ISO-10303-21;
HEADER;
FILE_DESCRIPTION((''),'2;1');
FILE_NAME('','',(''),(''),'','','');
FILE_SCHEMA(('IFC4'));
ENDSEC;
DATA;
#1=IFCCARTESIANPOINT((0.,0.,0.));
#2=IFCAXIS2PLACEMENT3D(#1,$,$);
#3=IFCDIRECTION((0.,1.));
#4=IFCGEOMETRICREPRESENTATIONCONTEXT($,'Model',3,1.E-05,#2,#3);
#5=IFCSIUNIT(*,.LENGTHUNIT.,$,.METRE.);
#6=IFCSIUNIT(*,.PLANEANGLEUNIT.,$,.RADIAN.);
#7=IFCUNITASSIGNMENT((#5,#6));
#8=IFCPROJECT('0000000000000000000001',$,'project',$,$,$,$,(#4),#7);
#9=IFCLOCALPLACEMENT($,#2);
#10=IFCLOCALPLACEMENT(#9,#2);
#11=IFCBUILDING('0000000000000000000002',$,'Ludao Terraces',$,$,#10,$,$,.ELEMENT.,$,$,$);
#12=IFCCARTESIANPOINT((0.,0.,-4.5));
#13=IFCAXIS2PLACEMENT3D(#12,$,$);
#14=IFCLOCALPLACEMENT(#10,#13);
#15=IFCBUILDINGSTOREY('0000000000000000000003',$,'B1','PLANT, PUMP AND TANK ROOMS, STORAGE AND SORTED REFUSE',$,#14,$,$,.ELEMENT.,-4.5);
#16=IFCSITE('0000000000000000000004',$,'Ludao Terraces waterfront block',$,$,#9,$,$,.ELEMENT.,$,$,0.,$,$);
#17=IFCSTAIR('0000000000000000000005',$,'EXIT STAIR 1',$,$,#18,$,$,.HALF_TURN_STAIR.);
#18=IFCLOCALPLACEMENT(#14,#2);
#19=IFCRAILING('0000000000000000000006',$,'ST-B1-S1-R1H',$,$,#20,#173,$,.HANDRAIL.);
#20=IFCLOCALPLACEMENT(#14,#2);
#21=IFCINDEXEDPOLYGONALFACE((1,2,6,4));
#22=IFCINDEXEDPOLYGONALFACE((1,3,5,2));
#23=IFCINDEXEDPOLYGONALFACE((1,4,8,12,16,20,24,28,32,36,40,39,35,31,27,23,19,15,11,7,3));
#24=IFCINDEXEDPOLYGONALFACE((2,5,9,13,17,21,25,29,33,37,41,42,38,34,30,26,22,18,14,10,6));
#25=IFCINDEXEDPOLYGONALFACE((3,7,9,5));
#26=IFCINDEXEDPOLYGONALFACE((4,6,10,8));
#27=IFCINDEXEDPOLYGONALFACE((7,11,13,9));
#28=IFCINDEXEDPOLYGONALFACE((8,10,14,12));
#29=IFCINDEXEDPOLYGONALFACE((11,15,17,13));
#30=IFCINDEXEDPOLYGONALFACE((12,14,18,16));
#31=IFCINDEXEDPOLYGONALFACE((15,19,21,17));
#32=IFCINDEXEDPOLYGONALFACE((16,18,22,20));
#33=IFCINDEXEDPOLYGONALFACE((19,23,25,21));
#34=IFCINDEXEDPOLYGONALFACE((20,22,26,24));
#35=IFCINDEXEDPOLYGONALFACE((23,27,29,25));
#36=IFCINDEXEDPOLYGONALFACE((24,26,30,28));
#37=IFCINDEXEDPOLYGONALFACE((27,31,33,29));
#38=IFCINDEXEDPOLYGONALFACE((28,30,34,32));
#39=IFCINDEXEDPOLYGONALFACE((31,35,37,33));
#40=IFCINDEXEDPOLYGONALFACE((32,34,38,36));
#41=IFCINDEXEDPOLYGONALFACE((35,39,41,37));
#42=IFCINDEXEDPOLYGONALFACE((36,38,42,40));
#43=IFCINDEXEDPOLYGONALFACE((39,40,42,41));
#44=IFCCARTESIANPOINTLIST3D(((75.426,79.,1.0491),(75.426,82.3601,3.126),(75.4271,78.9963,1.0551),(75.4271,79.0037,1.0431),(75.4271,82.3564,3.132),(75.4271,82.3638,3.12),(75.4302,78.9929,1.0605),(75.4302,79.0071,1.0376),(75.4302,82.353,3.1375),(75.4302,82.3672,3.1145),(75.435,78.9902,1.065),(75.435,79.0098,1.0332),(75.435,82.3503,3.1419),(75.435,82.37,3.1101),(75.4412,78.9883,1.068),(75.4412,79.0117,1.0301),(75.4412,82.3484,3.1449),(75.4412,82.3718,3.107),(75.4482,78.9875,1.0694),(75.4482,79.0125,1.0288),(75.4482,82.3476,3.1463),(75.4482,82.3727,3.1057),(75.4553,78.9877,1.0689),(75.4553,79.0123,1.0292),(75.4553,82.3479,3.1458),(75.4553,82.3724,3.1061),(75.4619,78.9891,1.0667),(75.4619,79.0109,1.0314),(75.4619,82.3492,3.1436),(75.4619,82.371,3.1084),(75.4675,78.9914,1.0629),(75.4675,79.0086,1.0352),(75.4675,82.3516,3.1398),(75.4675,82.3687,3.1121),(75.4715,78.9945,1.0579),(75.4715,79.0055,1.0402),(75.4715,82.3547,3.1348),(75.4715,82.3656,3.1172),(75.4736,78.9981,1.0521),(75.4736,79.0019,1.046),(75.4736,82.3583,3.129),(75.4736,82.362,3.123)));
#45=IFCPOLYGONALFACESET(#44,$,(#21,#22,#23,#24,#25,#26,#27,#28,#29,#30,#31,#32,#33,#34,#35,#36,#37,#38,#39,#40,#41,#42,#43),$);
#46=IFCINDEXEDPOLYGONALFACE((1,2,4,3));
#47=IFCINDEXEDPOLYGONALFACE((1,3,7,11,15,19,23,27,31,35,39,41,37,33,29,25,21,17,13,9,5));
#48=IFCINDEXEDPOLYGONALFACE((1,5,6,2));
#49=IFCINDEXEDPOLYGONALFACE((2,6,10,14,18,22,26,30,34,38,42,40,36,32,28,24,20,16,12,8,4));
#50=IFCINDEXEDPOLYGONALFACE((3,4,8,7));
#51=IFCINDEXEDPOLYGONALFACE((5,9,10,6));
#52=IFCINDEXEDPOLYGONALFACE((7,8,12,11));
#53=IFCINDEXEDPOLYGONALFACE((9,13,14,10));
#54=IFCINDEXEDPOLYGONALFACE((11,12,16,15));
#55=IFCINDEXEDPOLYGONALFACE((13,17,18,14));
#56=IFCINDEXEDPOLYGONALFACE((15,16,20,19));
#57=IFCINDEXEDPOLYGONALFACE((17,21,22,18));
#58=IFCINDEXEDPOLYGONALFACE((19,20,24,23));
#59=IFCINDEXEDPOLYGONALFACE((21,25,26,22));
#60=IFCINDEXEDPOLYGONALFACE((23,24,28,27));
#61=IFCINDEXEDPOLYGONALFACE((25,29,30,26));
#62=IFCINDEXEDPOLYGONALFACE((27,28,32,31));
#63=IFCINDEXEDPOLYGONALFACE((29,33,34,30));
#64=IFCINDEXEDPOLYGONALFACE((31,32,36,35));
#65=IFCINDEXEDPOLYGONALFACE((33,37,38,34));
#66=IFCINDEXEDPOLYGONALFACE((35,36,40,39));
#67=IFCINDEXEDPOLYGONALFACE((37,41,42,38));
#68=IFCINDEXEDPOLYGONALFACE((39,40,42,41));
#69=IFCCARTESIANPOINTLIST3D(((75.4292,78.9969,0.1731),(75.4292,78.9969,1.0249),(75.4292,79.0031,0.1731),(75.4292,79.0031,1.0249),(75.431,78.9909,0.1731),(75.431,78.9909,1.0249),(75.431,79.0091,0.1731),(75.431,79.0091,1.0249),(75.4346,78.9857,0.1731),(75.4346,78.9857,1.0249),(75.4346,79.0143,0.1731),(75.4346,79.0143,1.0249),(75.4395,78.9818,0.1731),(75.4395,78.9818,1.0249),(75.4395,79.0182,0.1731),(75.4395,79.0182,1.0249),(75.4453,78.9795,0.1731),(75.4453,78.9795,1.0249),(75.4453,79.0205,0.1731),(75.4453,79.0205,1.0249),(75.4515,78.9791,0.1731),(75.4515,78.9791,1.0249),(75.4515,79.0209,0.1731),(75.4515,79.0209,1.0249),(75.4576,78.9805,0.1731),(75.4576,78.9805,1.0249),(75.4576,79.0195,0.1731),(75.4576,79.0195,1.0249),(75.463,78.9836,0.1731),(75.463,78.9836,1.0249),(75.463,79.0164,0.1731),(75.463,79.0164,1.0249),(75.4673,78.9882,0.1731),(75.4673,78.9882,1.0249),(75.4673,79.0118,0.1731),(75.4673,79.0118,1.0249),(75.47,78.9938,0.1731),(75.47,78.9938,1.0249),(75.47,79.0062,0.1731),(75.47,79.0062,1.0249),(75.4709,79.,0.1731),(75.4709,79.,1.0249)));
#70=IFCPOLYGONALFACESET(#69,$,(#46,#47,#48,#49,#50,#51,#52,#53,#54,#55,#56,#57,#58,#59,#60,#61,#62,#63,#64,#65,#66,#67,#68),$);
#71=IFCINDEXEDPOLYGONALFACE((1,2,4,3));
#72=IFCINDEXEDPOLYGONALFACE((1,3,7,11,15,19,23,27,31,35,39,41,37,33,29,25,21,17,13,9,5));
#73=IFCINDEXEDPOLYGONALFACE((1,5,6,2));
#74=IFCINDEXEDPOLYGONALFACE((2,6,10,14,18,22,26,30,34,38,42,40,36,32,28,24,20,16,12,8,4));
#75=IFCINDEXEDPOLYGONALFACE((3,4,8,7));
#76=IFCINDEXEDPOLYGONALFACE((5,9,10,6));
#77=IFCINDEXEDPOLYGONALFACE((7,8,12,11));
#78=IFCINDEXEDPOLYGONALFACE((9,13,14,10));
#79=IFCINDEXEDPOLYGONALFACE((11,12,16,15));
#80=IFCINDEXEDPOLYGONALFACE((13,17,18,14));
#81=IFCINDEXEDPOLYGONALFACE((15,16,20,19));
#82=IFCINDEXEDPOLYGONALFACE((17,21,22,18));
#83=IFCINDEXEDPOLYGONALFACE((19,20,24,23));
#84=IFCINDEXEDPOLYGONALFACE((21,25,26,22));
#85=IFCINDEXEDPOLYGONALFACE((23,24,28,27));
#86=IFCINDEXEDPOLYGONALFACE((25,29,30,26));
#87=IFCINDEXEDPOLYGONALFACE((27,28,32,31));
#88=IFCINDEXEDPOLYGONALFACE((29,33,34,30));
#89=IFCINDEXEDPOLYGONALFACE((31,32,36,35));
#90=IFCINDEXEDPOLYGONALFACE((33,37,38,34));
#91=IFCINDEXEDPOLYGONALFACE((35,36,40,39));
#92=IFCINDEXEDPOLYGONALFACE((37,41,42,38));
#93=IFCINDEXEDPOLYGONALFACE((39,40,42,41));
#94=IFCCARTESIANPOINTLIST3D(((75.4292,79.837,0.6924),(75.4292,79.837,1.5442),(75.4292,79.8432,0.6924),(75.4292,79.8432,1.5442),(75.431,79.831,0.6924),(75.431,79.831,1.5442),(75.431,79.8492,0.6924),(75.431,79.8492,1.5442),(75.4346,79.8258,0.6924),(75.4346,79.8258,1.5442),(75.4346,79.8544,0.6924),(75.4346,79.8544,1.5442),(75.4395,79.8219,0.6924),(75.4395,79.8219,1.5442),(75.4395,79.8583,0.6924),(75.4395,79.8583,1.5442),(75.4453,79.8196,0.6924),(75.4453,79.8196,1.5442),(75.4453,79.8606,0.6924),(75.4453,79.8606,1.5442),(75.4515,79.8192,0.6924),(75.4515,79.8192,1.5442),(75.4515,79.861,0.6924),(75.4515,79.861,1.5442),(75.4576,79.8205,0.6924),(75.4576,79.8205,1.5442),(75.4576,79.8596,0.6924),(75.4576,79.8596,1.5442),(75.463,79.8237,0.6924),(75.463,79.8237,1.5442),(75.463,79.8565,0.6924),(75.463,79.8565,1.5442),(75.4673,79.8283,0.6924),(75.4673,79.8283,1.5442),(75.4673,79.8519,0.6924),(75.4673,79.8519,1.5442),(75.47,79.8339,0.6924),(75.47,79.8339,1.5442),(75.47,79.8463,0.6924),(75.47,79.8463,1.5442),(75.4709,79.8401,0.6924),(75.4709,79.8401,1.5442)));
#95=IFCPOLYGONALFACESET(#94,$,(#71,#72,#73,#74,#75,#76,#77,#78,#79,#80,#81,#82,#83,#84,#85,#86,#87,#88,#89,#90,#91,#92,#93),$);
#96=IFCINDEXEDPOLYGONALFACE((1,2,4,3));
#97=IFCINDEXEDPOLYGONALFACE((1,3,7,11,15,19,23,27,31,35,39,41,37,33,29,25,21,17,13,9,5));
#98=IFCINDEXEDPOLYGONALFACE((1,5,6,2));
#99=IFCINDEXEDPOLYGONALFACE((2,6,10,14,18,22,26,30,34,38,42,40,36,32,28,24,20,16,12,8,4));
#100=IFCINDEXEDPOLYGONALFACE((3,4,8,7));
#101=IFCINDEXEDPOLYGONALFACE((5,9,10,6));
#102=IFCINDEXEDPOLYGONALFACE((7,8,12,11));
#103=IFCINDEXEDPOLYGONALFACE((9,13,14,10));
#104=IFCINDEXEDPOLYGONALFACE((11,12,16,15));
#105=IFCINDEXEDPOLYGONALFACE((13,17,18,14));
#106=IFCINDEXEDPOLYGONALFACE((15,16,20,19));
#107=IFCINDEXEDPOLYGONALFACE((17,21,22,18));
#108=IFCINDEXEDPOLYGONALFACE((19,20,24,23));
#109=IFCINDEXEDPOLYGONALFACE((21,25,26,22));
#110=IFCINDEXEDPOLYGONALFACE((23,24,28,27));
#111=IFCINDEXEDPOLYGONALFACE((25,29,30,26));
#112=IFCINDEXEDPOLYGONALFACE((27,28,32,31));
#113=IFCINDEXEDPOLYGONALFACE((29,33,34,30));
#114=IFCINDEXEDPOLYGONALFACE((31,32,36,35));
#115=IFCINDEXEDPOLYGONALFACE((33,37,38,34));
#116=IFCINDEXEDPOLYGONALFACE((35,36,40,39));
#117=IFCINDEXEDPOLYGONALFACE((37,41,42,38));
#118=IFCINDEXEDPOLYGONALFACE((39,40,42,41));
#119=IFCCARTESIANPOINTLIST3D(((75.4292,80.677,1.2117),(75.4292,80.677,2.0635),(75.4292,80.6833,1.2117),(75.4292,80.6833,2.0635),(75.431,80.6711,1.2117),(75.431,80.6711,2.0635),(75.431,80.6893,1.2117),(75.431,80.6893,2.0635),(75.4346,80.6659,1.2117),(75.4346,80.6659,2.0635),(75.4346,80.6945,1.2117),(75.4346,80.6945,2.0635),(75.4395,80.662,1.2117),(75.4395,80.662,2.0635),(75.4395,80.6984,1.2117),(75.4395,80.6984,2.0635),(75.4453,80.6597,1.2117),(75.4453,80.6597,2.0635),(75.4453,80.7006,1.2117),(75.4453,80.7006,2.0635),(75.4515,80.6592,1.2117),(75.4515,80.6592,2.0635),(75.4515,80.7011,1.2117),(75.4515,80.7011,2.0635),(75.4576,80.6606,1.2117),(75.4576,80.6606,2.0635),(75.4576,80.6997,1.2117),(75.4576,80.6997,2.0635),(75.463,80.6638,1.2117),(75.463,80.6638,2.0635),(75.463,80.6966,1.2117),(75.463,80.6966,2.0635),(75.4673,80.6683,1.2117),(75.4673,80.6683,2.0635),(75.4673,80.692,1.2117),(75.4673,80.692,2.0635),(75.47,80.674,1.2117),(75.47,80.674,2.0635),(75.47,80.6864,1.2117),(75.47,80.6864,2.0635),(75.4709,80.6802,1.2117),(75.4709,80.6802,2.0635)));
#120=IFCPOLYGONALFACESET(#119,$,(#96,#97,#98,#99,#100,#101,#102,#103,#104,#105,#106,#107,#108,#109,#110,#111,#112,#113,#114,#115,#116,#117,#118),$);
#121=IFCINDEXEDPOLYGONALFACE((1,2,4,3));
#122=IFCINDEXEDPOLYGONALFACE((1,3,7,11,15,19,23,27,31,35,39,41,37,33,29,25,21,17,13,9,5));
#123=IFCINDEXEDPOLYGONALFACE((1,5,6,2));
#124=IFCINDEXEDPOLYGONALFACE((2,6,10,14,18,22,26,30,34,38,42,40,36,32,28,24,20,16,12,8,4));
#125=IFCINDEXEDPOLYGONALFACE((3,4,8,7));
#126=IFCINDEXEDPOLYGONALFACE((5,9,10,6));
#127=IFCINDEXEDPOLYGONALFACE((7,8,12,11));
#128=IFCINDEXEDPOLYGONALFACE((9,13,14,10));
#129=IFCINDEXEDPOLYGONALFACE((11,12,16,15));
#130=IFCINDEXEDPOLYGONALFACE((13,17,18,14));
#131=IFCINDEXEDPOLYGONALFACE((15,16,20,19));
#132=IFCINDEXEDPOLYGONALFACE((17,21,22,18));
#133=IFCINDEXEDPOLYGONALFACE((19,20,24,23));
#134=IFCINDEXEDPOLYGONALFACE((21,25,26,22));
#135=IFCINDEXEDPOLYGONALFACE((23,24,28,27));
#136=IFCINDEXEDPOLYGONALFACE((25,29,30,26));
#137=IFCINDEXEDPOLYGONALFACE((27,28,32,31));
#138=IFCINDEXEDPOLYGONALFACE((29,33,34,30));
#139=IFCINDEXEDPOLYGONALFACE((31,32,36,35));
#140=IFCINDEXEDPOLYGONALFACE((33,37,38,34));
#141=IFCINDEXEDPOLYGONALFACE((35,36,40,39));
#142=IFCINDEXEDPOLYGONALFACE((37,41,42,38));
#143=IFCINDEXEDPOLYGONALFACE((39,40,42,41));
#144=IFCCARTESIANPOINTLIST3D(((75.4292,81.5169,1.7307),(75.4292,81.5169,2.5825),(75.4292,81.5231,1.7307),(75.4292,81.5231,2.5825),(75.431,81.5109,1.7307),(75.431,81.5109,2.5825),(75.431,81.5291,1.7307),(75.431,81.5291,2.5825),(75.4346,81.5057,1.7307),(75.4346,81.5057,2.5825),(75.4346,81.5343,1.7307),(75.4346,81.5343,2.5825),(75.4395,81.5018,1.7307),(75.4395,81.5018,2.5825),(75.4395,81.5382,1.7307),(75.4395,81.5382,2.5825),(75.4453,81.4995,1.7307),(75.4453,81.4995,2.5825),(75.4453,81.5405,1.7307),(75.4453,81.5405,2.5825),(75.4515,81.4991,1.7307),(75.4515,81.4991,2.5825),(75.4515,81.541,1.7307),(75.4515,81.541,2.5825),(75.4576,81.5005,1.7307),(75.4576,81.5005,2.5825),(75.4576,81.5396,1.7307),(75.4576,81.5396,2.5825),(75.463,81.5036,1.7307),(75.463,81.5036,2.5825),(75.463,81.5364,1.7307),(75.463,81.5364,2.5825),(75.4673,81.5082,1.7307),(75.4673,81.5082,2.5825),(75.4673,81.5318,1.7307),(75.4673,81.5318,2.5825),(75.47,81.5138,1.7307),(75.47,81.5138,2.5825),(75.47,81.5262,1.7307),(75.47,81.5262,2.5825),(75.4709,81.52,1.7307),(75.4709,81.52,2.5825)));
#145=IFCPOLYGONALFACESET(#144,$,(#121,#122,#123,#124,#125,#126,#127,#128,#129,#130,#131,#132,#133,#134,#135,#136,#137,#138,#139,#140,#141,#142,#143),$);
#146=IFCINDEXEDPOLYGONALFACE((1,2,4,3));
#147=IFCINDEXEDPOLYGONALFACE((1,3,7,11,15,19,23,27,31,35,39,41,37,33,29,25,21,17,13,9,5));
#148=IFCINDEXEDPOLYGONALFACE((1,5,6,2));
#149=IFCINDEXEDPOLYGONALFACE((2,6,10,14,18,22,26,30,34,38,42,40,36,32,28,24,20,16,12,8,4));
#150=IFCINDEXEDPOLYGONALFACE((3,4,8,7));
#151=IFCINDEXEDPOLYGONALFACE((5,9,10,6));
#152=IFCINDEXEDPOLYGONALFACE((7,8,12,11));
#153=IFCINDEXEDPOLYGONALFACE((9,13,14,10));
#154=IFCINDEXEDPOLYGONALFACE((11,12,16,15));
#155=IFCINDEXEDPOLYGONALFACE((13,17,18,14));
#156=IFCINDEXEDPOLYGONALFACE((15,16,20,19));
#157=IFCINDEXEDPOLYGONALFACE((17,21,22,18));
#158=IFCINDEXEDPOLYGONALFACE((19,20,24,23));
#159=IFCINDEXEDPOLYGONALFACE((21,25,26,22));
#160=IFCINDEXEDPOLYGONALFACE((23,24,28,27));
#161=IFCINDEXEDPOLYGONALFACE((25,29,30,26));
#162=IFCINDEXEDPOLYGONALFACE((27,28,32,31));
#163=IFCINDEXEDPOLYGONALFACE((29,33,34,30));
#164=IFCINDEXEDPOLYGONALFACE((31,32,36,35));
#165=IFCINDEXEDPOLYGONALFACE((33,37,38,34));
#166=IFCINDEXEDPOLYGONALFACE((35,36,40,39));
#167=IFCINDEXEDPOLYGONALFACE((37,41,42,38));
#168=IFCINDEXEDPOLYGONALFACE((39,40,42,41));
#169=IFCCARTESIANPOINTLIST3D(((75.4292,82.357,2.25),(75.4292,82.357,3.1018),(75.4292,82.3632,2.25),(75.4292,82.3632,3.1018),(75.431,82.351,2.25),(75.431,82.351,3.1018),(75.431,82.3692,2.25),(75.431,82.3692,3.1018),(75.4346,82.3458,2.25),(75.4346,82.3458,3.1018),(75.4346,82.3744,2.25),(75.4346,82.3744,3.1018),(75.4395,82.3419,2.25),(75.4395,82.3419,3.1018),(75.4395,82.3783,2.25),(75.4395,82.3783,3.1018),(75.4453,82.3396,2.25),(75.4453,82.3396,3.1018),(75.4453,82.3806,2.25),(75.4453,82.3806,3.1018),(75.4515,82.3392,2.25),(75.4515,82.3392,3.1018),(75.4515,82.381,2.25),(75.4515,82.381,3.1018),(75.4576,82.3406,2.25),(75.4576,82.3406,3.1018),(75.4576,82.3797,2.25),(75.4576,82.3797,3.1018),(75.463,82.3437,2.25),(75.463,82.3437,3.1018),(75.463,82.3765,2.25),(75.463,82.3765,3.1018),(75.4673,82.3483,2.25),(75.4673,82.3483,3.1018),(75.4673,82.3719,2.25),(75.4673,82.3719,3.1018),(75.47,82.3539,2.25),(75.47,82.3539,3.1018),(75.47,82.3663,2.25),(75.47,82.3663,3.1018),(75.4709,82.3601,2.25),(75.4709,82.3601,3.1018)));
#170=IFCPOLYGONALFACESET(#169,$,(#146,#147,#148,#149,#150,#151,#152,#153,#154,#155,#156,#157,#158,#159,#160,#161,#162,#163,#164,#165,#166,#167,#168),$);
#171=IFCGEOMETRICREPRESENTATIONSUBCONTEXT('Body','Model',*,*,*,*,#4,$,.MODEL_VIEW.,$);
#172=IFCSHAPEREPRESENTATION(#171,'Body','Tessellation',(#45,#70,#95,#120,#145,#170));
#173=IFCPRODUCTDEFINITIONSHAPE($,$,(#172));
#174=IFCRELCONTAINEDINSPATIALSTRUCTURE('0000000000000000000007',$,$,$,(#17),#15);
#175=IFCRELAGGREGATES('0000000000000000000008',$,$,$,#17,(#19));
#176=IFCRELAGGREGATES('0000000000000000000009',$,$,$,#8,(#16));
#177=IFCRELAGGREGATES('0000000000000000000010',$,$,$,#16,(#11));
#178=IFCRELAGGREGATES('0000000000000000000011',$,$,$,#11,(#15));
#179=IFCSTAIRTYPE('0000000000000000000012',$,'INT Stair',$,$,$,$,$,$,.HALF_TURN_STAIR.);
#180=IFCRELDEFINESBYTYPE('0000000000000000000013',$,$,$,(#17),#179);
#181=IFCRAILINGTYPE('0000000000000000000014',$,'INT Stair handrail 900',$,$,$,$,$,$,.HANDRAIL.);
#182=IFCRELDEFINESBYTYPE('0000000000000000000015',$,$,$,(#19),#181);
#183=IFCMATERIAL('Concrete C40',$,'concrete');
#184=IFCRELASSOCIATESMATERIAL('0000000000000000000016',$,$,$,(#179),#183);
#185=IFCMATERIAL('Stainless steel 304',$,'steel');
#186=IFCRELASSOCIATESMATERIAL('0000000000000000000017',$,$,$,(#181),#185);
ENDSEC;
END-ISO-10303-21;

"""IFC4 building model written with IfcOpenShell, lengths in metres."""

from ifc_helpers import new_model, si_unit, direction, frame, origin, origin_2d, place, context, subcontext, project, spatial, circle, extrude, material, type_object, element, aggregate, save


model = new_model("IFC4")

# Units and contexts
model_context = context("Model", 3, precision=1e-05, world=origin(), true_north=direction((0.0, 1.0)))
body_context = subcontext(model_context, "Body", "Model", "MODEL_VIEW")
ifc_project = project(units=[si_unit("LENGTHUNIT", "METRE"), si_unit("PLANEANGLEUNIT", "RADIAN")], contexts=[model_context])

# Site, building, storey
site_placement = place(None, origin())
site = spatial("IfcSite", under=ifc_project, at=site_placement, Name="Ludao Terraces waterfront block", CompositionType="ELEMENT", RefElevation=0.0)
building_placement = place(site_placement, origin())
building = spatial("IfcBuilding", under=site, at=building_placement, Name="Ludao Terraces", CompositionType="ELEMENT")
storey_placement = place(building_placement, frame((0.0, 0.0, -4.5)))
storey = spatial("IfcBuildingStorey", under=building, at=storey_placement, Name="B1", Description="PLANT, PUMP AND TANK ROOMS, STORAGE AND SORTED REFUSE", CompositionType="ELEMENT", Elevation=-4.5)

# Shared definitions
ifc_material_1 = material(Name="Concrete C40", Category="concrete")

# Stair, railing
stair_type = type_object("IfcStairType", Name="INT Stair", PredefinedType="HALF_TURN_STAIR", material=ifc_material_1)
stair_placement = place(storey_placement, origin())
stair = element("IfcStair", 1, at=stair_placement, inside=storey, type_object=stair_type, Name="EXIT STAIR 1", PredefinedType="HALF_TURN_STAIR")
ifc_material_2 = material(Name="Stainless steel 304", Category="steel")
railing_type = type_object("IfcRailingType", Name="INT Stair handrail 900", PredefinedType="HANDRAIL", material=ifc_material_2)
railing_placement = place(storey_placement, frame((75.45, 79.0, 0.1731)))
railing = element("IfcRailing", 2, at=railing_placement, type_object=railing_type, Name="ST-B1-S1-R1H", PredefinedType="HANDRAIL", context=body_context, shape_type="SweptSolid", body=[
    extrude(circle(Radius=0.0239, at=origin_2d()), frame((0.0, 0.0, 0.876), z_axis=(0.0, 0.850623, 0.525776), x_axis=(-1.0, 0.0, 0.0)), (0.0, 0.0, 1.0), 3.9502),
    extrude(circle(Radius=0.021, at=origin_2d()), origin(), (0.0, 0.0, 1.0), 0.8518),
    extrude(circle(Radius=0.021, at=origin_2d()), frame((0.0, 0.8401, 0.5193)), (0.0, 0.0, 1.0), 0.8518),
    extrude(circle(Radius=0.021, at=origin_2d()), frame((0.0, 1.6802, 1.0386)), (0.0, 0.0, 1.0), 0.8518),
    extrude(circle(Radius=0.021, at=origin_2d()), frame((0.0, 2.52, 1.5576)), (0.0, 0.0, 1.0), 0.8518),
    extrude(circle(Radius=0.021, at=origin_2d()), frame((0.0, 3.3601, 2.0769)), (0.0, 0.0, 1.0), 0.8518),
])
aggregate(stair, [railing])

save(model, "model.ifc")
